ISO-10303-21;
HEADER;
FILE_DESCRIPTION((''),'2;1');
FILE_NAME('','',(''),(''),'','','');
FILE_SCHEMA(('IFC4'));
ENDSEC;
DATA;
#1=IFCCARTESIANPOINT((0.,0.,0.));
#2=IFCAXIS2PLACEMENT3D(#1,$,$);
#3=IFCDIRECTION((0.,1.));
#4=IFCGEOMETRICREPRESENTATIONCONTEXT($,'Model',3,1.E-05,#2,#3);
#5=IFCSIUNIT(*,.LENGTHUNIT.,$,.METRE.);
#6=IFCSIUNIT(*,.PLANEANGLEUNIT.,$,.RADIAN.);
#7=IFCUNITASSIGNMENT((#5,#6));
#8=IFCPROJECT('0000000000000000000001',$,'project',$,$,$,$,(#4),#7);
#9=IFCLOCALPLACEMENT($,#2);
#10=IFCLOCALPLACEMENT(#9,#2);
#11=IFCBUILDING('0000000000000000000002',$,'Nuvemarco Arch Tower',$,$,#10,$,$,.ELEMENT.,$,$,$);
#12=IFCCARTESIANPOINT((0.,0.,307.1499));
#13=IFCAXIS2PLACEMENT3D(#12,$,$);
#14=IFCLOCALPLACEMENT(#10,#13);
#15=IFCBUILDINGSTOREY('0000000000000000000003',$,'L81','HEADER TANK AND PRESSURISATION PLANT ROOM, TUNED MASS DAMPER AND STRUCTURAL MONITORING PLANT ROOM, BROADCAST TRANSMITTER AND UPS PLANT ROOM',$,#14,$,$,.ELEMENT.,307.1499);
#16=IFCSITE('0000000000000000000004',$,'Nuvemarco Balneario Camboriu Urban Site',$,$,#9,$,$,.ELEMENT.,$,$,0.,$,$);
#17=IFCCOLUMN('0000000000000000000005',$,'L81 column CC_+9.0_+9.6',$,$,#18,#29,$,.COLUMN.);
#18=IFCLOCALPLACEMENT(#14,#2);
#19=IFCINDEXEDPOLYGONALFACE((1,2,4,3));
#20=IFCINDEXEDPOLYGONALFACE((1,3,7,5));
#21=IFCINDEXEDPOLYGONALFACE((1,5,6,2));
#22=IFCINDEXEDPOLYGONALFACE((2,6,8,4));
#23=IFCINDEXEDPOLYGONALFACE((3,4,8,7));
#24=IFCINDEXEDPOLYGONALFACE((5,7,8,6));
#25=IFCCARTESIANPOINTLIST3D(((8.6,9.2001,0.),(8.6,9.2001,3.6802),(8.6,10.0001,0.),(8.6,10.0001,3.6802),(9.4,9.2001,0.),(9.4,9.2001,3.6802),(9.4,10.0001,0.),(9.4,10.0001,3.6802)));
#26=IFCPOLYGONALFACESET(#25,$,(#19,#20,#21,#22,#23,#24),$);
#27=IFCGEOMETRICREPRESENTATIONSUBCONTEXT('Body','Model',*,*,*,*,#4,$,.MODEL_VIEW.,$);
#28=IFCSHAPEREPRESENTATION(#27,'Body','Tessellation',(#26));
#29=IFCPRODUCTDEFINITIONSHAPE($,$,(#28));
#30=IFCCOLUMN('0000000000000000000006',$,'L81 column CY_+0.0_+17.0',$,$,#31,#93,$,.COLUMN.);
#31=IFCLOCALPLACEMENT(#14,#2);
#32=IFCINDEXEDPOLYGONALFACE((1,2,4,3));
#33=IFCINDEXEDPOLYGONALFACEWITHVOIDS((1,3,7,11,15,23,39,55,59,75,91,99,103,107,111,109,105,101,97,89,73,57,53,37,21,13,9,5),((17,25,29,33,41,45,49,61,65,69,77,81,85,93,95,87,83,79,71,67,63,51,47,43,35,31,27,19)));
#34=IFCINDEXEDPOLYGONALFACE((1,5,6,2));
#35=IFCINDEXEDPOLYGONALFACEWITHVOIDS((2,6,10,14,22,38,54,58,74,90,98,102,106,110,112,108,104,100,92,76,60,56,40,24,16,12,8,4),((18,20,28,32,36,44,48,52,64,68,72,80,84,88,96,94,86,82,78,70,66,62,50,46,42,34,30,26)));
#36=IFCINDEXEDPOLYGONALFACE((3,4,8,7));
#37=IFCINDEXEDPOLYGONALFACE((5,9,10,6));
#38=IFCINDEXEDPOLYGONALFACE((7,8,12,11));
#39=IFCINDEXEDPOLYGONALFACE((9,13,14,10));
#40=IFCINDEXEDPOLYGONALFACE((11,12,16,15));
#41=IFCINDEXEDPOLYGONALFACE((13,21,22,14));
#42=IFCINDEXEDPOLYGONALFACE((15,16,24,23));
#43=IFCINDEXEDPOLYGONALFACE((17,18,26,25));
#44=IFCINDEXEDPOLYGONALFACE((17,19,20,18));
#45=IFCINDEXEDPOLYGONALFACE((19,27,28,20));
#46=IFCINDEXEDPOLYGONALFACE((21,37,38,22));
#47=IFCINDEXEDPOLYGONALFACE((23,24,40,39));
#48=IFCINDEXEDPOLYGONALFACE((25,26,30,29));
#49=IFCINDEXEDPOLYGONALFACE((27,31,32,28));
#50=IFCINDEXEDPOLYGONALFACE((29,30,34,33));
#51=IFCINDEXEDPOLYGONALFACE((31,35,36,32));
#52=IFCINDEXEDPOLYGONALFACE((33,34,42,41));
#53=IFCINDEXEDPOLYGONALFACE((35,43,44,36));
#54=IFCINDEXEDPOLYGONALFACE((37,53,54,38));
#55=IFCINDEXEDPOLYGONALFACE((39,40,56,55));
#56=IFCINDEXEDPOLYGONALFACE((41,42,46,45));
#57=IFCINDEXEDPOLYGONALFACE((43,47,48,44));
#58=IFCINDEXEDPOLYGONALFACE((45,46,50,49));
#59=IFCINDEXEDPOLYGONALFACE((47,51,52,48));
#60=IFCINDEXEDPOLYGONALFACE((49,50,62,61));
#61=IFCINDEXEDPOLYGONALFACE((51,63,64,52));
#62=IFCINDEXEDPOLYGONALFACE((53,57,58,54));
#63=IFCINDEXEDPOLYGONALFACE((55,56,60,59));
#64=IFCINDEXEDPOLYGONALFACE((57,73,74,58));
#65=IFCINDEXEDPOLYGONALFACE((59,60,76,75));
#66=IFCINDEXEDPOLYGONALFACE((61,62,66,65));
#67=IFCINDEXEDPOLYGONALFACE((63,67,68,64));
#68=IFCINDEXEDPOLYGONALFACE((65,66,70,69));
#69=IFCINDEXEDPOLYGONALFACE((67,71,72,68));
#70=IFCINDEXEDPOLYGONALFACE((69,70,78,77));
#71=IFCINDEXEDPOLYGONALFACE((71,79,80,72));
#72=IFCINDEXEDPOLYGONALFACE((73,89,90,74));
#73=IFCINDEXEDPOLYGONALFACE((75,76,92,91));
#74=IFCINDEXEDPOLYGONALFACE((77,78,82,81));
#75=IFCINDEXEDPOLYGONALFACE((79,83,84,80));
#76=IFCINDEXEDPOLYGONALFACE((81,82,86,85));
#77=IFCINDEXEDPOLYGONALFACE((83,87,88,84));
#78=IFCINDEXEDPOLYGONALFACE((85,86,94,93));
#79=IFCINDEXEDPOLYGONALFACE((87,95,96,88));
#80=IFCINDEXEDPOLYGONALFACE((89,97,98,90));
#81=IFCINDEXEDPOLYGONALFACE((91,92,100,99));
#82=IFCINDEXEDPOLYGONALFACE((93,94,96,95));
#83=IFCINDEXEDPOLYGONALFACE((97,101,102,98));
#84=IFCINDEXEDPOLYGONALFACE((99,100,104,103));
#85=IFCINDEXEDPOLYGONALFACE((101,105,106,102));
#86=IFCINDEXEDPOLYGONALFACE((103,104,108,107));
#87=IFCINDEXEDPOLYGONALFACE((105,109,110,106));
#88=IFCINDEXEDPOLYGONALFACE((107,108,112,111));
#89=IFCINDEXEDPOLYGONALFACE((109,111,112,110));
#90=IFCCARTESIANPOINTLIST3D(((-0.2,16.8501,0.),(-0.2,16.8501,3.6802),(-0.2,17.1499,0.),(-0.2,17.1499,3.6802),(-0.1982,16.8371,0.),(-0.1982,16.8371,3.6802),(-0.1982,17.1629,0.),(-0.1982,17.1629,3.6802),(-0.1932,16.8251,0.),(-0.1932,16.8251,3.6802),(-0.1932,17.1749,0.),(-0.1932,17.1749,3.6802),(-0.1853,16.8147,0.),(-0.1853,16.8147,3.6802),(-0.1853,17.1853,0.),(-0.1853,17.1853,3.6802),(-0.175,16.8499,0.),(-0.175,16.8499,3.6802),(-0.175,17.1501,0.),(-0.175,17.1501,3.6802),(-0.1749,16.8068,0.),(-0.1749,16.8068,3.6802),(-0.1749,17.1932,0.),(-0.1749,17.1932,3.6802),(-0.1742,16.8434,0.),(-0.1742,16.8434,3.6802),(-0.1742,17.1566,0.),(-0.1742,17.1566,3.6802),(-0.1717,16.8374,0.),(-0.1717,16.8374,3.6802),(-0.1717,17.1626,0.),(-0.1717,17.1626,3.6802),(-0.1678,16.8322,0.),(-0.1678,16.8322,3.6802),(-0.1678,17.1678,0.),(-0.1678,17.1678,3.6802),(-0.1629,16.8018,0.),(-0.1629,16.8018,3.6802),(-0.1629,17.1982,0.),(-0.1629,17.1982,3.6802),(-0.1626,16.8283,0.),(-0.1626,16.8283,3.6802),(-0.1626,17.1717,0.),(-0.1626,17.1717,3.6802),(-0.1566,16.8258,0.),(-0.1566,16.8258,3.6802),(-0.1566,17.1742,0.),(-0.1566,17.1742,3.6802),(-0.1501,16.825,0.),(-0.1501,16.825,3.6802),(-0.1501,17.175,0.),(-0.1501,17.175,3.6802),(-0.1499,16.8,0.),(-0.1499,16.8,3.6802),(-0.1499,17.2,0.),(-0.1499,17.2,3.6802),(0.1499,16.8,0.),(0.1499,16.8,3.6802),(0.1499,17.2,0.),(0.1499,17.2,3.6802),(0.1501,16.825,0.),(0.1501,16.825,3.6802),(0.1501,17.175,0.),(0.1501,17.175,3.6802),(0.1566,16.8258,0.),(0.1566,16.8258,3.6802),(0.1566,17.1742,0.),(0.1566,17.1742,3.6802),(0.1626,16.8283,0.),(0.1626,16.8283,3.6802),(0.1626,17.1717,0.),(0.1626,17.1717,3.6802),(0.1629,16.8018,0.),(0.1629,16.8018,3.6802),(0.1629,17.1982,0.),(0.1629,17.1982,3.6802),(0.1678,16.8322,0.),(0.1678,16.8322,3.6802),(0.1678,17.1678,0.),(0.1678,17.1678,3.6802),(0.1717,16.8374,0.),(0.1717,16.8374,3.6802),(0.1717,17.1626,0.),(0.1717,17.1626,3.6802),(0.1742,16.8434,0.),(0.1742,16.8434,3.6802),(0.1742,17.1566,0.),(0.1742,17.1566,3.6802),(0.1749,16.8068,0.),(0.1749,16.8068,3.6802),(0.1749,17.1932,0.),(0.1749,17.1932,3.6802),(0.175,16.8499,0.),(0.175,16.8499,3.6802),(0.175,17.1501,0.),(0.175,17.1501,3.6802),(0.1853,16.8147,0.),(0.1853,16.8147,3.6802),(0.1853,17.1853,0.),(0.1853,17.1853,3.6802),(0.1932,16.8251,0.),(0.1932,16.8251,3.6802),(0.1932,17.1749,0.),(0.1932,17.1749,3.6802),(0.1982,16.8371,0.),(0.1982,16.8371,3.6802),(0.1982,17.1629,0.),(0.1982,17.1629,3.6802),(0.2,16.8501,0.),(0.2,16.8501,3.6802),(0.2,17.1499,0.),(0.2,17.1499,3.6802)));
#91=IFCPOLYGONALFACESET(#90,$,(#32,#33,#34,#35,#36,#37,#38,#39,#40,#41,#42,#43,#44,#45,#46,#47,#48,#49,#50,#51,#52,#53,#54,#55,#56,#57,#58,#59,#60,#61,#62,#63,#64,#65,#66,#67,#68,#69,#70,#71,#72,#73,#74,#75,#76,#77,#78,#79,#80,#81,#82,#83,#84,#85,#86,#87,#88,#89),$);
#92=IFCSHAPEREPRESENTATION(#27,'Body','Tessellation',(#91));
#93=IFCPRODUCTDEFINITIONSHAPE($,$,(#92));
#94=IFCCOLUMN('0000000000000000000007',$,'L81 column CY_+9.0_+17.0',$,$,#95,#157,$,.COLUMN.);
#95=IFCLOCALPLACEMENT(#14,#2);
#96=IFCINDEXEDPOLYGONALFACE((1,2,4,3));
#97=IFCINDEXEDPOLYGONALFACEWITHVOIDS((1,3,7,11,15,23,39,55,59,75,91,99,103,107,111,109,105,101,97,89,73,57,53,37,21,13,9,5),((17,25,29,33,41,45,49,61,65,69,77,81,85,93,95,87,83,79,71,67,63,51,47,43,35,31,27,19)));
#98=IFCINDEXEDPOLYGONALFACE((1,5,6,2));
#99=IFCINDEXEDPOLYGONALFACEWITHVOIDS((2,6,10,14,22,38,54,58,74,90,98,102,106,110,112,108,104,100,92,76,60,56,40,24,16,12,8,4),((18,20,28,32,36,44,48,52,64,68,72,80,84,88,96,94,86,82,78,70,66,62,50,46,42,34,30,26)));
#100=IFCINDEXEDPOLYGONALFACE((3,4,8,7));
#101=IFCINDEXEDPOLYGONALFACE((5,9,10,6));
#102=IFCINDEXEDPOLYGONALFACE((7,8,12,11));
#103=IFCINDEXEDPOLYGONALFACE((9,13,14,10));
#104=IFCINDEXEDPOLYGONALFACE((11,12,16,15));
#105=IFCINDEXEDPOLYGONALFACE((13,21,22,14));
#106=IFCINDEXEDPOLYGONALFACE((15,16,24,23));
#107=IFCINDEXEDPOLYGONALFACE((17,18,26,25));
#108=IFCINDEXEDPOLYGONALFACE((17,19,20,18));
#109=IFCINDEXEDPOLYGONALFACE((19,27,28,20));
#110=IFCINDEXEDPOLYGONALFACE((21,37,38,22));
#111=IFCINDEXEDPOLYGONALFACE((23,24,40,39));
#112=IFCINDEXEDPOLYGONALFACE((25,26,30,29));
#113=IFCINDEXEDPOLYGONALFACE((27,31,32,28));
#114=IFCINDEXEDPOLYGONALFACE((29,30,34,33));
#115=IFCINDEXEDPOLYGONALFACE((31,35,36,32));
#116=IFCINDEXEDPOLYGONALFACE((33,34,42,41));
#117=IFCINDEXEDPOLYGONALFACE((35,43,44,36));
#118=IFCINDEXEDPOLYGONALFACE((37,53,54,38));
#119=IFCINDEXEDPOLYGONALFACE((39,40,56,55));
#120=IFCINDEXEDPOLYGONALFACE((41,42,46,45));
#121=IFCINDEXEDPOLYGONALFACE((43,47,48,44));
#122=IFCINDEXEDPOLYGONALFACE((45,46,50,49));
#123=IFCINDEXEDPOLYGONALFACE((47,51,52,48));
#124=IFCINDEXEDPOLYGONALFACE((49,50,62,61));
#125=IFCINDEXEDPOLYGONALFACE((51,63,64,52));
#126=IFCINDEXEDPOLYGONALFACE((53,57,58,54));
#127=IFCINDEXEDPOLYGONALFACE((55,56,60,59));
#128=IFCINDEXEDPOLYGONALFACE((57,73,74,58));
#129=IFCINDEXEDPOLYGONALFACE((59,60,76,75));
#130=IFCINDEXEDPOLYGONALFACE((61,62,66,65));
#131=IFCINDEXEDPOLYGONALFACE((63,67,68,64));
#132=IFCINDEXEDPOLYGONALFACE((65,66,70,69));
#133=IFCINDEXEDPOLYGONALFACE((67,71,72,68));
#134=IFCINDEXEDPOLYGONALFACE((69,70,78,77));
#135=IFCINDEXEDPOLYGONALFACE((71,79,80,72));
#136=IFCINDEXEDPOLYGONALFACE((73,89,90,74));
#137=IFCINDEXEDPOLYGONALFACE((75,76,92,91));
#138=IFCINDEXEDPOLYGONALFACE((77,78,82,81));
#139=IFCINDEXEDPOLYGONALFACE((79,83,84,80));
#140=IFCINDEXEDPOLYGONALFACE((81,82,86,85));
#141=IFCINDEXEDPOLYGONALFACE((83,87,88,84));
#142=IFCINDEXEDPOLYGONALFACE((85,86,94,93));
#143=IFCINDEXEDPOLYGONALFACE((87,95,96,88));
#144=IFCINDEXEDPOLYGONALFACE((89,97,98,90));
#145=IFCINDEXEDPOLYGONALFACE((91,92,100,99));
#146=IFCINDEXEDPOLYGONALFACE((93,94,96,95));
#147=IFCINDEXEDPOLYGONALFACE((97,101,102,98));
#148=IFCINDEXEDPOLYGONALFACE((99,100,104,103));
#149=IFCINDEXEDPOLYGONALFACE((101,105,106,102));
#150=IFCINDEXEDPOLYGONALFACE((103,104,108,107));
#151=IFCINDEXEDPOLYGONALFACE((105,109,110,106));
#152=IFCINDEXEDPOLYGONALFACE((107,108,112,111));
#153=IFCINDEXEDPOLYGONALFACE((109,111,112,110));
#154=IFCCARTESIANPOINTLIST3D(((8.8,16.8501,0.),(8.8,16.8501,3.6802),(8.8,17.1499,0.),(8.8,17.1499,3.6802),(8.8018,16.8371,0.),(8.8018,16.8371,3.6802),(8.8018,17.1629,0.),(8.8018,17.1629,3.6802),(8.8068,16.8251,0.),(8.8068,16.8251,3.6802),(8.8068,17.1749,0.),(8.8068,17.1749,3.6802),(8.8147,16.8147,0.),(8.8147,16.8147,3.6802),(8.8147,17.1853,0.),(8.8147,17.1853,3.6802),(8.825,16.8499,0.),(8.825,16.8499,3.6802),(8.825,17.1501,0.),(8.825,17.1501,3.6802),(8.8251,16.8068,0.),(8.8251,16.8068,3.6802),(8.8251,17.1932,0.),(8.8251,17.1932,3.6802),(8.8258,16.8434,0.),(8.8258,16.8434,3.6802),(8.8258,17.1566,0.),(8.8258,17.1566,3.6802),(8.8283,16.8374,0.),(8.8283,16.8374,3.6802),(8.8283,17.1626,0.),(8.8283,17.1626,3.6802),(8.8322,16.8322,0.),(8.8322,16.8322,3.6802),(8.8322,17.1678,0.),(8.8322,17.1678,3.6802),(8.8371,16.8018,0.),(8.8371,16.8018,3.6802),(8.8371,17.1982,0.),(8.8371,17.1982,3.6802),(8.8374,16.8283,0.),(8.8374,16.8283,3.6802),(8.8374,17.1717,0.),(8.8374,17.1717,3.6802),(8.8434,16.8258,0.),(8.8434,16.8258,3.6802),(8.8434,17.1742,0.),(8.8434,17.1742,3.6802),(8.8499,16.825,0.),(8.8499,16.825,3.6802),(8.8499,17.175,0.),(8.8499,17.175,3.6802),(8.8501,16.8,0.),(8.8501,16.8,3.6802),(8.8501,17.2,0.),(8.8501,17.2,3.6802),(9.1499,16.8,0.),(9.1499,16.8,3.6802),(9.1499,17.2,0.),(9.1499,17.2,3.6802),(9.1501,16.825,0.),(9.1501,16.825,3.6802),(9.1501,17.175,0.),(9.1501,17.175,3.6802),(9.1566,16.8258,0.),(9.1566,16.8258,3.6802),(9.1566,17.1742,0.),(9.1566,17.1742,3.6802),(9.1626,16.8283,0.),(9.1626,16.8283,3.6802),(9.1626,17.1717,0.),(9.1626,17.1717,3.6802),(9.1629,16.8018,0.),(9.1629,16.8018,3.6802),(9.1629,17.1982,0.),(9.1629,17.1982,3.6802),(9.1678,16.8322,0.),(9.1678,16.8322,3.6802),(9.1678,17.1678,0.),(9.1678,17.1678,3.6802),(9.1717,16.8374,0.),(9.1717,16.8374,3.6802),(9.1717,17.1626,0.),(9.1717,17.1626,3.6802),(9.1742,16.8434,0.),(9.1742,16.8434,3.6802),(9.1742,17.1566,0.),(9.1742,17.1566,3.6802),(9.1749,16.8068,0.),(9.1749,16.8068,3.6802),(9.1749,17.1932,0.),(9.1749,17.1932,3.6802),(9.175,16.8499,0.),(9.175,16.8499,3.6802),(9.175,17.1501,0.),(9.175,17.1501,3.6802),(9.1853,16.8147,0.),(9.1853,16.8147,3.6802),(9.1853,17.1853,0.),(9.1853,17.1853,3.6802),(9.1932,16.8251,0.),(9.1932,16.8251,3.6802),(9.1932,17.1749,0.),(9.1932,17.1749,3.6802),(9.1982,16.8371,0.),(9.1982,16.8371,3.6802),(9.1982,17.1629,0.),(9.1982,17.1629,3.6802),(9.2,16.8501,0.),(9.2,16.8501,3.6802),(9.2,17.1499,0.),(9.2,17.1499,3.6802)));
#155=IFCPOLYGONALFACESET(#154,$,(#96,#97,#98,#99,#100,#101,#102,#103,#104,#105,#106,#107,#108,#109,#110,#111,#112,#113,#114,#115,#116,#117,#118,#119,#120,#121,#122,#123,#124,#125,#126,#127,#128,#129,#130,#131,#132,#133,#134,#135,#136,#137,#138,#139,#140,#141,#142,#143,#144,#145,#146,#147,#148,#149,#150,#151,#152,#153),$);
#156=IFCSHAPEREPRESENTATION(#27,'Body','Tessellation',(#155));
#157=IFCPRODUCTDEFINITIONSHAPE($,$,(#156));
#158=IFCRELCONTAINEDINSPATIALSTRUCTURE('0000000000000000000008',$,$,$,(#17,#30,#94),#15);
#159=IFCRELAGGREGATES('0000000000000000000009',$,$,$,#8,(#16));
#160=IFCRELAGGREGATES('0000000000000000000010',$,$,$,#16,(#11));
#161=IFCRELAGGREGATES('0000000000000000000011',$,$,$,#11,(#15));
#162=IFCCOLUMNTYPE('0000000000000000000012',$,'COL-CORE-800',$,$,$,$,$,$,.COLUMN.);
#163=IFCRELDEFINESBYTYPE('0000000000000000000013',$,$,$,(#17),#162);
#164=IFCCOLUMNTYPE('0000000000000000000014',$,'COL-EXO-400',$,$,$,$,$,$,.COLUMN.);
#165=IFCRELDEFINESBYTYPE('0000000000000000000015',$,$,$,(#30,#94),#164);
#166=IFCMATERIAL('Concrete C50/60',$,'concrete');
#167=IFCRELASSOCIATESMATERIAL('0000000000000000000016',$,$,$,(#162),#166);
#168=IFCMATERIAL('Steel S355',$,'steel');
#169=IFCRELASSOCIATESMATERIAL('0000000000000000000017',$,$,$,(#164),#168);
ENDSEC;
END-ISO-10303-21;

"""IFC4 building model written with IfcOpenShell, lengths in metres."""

from ifc_helpers import new_model, si_unit, direction, frame, origin, origin_2d, place, context, subcontext, project, spatial, rectangle, hollow_rectangle, extrude, material, material_profile, profile_set, type_object, element, save


model = new_model("IFC4")

# Units and contexts
model_context = context("Model", 3, precision=1e-05, world=origin(), true_north=direction((0.0, 1.0)))
body_context = subcontext(model_context, "Body", "Model", "MODEL_VIEW")
ifc_project = project(units=[si_unit("LENGTHUNIT", "METRE"), si_unit("PLANEANGLEUNIT", "RADIAN")], contexts=[model_context])

# Site, building, storey
site_placement = place(None, origin())
site = spatial("IfcSite", under=ifc_project, at=site_placement, Name="Nuvemarco Balneario Camboriu Urban Site", CompositionType="ELEMENT", RefElevation=0.0)
building_placement = place(site_placement, origin())
building = spatial("IfcBuilding", under=site, at=building_placement, Name="Nuvemarco Arch Tower", CompositionType="ELEMENT")
storey_placement = place(building_placement, frame((0.0, 0.0, 307.1499)))
storey = spatial("IfcBuildingStorey", under=building, at=storey_placement, Name="L81", Description="HEADER TANK AND PRESSURISATION PLANT ROOM, TUNED MASS DAMPER AND STRUCTURAL MONITORING PLANT ROOM, BROADCAST TRANSMITTER AND UPS PLANT ROOM", CompositionType="ELEMENT", Elevation=307.1499)

# Columns
ifc_material_1 = material(Name="Concrete C50/60", Category="concrete")
ifc_material_profile_1 = material_profile(ifc_material_1, rectangle(XDim=0.8, YDim=0.8, at=origin_2d()), Name="RC-COL-800x800")
ifc_profile_set_1 = profile_set([ifc_material_profile_1], Name="Concrete C50/60")
column_type_1 = type_object("IfcColumnType", Name="COL-CORE-800", PredefinedType="COLUMN", material=ifc_profile_set_1)
column_placement = place(storey_placement, frame((9.0, 9.6001, 0.0), z_axis=(0.0, 0.0, 1.0), x_axis=(1.0, 0.0, 0.0)))
element("IfcColumn", 1, at=column_placement, inside=storey, type_object=column_type_1, Name="L81 column CC_+9.0_+9.6", PredefinedType="COLUMN", context=body_context, shape_type="SweptSolid", body=[
    extrude(rectangle(XDim=0.8, YDim=0.8, at=origin_2d()), origin(), (0.0, 0.0, 1.0), 3.6802),
])
ifc_material_2 = material(Name="Steel S355", Category="steel")
ifc_material_profile_2 = material_profile(ifc_material_2, hollow_rectangle(XDim=0.3999, YDim=0.3999, WallThickness=0.0249, InnerFilletRadius=0.0249, OuterFilletRadius=0.05, at=origin_2d()), Name="SHS400x400x25")
ifc_profile_set_2 = profile_set([ifc_material_profile_2], Name="Steel S355")
column_type_2 = type_object("IfcColumnType", Name="COL-EXO-400", PredefinedType="COLUMN", material=ifc_profile_set_2)
for number, where, z_axis, x_axis, name in (
    (2, (0.0, 17.0, 0.0), (0.0, 0.0, 1.0), (1.0, 0.0, 0.0), "L81 column CY_+0.0_+17.0"),
    (3, (9.0, 17.0, 0.0), (0.0, 0.0, 1.0), (1.0, 0.0, 0.0), "L81 column CY_+9.0_+17.0"),
):
    element("IfcColumn", number, at=place(storey_placement, frame(where, z_axis=z_axis, x_axis=x_axis)), inside=storey, type_object=column_type_2, Name=name, PredefinedType="COLUMN", context=body_context, shape_type="SweptSolid", body=[
        extrude(hollow_rectangle(XDim=0.3999, YDim=0.3999, WallThickness=0.0249, InnerFilletRadius=0.0249, OuterFilletRadius=0.05, at=origin_2d()), origin(), (0.0, 0.0, 1.0), 3.6802),
    ])

save(model, "model.ifc")
